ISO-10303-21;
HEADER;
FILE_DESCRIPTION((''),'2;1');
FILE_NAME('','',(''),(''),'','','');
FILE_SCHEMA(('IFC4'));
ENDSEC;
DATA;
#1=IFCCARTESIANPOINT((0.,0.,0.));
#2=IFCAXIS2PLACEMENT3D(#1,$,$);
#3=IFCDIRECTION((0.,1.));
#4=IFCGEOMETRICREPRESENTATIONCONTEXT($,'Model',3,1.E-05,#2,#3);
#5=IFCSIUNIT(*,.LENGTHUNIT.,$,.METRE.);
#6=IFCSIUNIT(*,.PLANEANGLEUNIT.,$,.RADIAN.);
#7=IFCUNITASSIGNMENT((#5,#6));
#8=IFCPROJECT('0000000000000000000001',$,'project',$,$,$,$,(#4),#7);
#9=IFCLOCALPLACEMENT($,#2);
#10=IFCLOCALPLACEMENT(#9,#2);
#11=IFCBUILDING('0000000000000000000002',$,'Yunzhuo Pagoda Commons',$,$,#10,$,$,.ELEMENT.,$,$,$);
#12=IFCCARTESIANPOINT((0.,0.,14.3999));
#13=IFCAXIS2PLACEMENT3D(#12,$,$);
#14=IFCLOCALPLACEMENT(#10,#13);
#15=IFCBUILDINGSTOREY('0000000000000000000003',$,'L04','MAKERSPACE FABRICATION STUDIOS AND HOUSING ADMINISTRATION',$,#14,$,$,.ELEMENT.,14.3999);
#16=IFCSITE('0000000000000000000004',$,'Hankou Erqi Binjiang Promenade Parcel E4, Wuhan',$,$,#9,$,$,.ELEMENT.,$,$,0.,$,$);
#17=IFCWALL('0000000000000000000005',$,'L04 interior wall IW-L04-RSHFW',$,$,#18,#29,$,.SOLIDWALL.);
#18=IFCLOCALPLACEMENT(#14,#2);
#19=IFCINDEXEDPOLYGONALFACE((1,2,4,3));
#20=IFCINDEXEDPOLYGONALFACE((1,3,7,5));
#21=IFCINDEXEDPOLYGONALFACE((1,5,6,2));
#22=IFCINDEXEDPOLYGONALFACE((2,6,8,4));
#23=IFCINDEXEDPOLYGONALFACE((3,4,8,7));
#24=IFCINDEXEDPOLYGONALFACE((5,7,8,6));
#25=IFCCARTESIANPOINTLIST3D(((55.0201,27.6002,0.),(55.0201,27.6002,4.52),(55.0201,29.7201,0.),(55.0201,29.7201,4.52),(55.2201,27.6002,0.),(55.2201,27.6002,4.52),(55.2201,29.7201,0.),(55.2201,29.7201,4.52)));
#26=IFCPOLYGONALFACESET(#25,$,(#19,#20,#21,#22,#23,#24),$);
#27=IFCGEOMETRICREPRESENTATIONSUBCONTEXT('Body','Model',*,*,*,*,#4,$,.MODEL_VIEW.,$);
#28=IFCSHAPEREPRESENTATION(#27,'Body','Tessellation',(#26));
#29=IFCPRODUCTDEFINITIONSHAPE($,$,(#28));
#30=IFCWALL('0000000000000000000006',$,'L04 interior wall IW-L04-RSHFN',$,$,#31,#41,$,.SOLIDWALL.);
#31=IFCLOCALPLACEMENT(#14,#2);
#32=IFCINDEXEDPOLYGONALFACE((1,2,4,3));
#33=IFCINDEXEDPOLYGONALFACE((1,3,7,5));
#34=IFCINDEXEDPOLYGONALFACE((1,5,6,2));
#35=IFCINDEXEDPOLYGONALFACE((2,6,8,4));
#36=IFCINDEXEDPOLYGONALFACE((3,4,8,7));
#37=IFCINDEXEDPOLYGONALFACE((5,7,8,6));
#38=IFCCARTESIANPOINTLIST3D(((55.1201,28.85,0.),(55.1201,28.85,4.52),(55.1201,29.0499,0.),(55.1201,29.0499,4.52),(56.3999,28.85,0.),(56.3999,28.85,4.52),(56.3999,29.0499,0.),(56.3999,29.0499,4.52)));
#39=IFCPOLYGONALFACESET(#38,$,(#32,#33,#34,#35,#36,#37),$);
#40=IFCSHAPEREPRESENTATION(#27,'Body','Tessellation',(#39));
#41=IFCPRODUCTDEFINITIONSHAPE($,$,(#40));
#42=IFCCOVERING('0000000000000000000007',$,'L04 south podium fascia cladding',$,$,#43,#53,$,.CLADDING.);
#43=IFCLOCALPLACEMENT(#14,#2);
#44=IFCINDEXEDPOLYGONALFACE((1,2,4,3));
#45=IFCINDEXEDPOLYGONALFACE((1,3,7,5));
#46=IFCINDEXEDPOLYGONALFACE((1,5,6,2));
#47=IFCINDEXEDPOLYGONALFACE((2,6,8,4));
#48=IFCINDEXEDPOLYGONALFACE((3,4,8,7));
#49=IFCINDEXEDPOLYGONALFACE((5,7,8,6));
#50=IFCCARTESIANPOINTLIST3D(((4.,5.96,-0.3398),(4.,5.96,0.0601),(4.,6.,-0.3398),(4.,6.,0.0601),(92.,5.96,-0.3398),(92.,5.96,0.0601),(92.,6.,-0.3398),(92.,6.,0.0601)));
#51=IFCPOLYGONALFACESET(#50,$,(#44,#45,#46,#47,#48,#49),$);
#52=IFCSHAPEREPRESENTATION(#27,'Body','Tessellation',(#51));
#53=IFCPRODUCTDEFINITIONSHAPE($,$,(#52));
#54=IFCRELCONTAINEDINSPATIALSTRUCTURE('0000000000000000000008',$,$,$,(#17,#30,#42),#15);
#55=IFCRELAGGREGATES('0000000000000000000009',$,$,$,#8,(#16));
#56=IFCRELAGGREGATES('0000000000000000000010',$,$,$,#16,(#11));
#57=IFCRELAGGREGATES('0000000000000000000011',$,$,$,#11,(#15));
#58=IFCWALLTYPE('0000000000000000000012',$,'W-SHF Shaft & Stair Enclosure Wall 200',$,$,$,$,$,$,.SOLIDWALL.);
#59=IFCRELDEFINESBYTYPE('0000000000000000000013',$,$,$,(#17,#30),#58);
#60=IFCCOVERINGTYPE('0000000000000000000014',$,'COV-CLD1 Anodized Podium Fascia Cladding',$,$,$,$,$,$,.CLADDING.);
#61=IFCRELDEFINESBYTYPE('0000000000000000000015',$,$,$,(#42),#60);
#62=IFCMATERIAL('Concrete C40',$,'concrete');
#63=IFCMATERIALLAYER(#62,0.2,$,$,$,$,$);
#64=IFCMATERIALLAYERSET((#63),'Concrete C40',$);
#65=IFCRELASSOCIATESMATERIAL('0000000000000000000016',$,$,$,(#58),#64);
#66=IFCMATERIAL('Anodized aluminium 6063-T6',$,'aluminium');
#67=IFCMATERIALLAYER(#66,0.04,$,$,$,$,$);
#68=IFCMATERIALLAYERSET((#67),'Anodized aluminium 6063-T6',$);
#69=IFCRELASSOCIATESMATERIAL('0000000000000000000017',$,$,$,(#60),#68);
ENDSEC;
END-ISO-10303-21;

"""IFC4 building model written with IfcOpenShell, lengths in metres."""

from ifc_helpers import new_model, si_unit, direction, frame, frame_2d, origin, origin_2d, place, context, subcontext, project, spatial, rectangle, extrude, source, transform, mapped, material, layer, layer_set, type_object, element, save


model = new_model("IFC4")

# Units and contexts
model_context = context("Model", 3, precision=1e-05, world=origin(), true_north=direction((0.0, 1.0)))
body_context = subcontext(model_context, "Body", "Model", "MODEL_VIEW")
ifc_project = project(units=[si_unit("LENGTHUNIT", "METRE"), si_unit("PLANEANGLEUNIT", "RADIAN")], contexts=[model_context])

# Site, building, storey
site_placement = place(None, origin())
site = spatial("IfcSite", under=ifc_project, at=site_placement, Name="Hankou Erqi Binjiang Promenade Parcel E4, Wuhan", CompositionType="ELEMENT", RefElevation=0.0)
building_placement = place(site_placement, origin())
building = spatial("IfcBuilding", under=site, at=building_placement, Name="Yunzhuo Pagoda Commons", CompositionType="ELEMENT")
storey_placement = place(building_placement, frame((0.0, 0.0, 14.3999)))
storey = spatial("IfcBuildingStorey", under=building, at=storey_placement, Name="L04", Description="MAKERSPACE FABRICATION STUDIOS AND HOUSING ADMINISTRATION", CompositionType="ELEMENT", Elevation=14.3999)

# Shared definitions
ifc_material_1 = material(Name="Anodized aluminium 6063-T6", Category="aluminium")

# Shared definitions
ifc_material_2 = material(Name="Concrete C40", Category="concrete")
ifc_layer_1 = layer(ifc_material_2, 0.2)
ifc_layer_set_1 = layer_set([ifc_layer_1], Name="Concrete C40")
wall_type_1 = type_object("IfcWallType", Name="W-SHF Shaft & Stair Enclosure Wall 200", PredefinedType="SOLIDWALL", material=ifc_layer_set_1)

# Walls
for number, where, z_axis, x_axis, name in (
    (1, (55.1201, 27.6001, 0.0), (0.0, 0.0, 1.0), (0.0, 1.0, 0.0), "L04 interior wall IW-L04-RSHFW"),
):
    element("IfcWall", number, at=place(storey_placement, frame(where, z_axis=z_axis, x_axis=x_axis)), inside=storey, type_object=wall_type_1, Name=name, PredefinedType="SOLIDWALL", context=body_context, shape_type="SweptSolid", body=[
        extrude(rectangle(XDim=2.1199, YDim=0.2, at=frame_2d((1.0601, 0.0))), origin(), (0.0, 0.0, 1.0), 4.52),
    ])
wall_1_placement = place(storey_placement, frame((55.1201, 28.95, 0.0), z_axis=(0.0, 0.0, 1.0), x_axis=(1.0, 0.0, 0.0)))
element("IfcWall", 2, at=wall_1_placement, inside=storey, type_object=wall_type_1, Name="L04 interior wall IW-L04-RSHFN", PredefinedType="SOLIDWALL", context=body_context, shape_type="SweptSolid", body=[
    extrude(rectangle(XDim=1.2798, YDim=0.2, at=frame_2d((0.6399, 0.0))), origin(), (0.0, 0.0, 1.0), 4.52),
])

# Covering
ifc_layer_2 = layer(ifc_material_1, 0.04)
ifc_layer_set_2 = layer_set([ifc_layer_2], Name="Anodized aluminium 6063-T6")
covering_type = type_object("IfcCoveringType", Name="COV-CLD1 Anodized Podium Fascia Cladding", PredefinedType="CLADDING", material=ifc_layer_set_2)
shared_shape_1 = source(origin(), body_context, "Body", "SweptSolid", [
    extrude(rectangle(XDim=88.0, YDim=0.04, at=origin_2d()), origin(), (0.0, 0.0, 1.0), 0.3999),
])
covering_placement = place(storey_placement, frame((48.0, 5.98, -0.3398), z_axis=(0.0, 0.0, 1.0), x_axis=(1.0, 0.0, 0.0)))
element("IfcCovering", 3, at=covering_placement, inside=storey, type_object=covering_type, Name="L04 south podium fascia cladding", PredefinedType="CLADDING", context=body_context, shape_type="MappedRepresentation", body=[
    mapped(shared_shape_1, transform((0.0, 0.0, 0.0), scale=1.0)),
])

save(model, "model.ifc")
